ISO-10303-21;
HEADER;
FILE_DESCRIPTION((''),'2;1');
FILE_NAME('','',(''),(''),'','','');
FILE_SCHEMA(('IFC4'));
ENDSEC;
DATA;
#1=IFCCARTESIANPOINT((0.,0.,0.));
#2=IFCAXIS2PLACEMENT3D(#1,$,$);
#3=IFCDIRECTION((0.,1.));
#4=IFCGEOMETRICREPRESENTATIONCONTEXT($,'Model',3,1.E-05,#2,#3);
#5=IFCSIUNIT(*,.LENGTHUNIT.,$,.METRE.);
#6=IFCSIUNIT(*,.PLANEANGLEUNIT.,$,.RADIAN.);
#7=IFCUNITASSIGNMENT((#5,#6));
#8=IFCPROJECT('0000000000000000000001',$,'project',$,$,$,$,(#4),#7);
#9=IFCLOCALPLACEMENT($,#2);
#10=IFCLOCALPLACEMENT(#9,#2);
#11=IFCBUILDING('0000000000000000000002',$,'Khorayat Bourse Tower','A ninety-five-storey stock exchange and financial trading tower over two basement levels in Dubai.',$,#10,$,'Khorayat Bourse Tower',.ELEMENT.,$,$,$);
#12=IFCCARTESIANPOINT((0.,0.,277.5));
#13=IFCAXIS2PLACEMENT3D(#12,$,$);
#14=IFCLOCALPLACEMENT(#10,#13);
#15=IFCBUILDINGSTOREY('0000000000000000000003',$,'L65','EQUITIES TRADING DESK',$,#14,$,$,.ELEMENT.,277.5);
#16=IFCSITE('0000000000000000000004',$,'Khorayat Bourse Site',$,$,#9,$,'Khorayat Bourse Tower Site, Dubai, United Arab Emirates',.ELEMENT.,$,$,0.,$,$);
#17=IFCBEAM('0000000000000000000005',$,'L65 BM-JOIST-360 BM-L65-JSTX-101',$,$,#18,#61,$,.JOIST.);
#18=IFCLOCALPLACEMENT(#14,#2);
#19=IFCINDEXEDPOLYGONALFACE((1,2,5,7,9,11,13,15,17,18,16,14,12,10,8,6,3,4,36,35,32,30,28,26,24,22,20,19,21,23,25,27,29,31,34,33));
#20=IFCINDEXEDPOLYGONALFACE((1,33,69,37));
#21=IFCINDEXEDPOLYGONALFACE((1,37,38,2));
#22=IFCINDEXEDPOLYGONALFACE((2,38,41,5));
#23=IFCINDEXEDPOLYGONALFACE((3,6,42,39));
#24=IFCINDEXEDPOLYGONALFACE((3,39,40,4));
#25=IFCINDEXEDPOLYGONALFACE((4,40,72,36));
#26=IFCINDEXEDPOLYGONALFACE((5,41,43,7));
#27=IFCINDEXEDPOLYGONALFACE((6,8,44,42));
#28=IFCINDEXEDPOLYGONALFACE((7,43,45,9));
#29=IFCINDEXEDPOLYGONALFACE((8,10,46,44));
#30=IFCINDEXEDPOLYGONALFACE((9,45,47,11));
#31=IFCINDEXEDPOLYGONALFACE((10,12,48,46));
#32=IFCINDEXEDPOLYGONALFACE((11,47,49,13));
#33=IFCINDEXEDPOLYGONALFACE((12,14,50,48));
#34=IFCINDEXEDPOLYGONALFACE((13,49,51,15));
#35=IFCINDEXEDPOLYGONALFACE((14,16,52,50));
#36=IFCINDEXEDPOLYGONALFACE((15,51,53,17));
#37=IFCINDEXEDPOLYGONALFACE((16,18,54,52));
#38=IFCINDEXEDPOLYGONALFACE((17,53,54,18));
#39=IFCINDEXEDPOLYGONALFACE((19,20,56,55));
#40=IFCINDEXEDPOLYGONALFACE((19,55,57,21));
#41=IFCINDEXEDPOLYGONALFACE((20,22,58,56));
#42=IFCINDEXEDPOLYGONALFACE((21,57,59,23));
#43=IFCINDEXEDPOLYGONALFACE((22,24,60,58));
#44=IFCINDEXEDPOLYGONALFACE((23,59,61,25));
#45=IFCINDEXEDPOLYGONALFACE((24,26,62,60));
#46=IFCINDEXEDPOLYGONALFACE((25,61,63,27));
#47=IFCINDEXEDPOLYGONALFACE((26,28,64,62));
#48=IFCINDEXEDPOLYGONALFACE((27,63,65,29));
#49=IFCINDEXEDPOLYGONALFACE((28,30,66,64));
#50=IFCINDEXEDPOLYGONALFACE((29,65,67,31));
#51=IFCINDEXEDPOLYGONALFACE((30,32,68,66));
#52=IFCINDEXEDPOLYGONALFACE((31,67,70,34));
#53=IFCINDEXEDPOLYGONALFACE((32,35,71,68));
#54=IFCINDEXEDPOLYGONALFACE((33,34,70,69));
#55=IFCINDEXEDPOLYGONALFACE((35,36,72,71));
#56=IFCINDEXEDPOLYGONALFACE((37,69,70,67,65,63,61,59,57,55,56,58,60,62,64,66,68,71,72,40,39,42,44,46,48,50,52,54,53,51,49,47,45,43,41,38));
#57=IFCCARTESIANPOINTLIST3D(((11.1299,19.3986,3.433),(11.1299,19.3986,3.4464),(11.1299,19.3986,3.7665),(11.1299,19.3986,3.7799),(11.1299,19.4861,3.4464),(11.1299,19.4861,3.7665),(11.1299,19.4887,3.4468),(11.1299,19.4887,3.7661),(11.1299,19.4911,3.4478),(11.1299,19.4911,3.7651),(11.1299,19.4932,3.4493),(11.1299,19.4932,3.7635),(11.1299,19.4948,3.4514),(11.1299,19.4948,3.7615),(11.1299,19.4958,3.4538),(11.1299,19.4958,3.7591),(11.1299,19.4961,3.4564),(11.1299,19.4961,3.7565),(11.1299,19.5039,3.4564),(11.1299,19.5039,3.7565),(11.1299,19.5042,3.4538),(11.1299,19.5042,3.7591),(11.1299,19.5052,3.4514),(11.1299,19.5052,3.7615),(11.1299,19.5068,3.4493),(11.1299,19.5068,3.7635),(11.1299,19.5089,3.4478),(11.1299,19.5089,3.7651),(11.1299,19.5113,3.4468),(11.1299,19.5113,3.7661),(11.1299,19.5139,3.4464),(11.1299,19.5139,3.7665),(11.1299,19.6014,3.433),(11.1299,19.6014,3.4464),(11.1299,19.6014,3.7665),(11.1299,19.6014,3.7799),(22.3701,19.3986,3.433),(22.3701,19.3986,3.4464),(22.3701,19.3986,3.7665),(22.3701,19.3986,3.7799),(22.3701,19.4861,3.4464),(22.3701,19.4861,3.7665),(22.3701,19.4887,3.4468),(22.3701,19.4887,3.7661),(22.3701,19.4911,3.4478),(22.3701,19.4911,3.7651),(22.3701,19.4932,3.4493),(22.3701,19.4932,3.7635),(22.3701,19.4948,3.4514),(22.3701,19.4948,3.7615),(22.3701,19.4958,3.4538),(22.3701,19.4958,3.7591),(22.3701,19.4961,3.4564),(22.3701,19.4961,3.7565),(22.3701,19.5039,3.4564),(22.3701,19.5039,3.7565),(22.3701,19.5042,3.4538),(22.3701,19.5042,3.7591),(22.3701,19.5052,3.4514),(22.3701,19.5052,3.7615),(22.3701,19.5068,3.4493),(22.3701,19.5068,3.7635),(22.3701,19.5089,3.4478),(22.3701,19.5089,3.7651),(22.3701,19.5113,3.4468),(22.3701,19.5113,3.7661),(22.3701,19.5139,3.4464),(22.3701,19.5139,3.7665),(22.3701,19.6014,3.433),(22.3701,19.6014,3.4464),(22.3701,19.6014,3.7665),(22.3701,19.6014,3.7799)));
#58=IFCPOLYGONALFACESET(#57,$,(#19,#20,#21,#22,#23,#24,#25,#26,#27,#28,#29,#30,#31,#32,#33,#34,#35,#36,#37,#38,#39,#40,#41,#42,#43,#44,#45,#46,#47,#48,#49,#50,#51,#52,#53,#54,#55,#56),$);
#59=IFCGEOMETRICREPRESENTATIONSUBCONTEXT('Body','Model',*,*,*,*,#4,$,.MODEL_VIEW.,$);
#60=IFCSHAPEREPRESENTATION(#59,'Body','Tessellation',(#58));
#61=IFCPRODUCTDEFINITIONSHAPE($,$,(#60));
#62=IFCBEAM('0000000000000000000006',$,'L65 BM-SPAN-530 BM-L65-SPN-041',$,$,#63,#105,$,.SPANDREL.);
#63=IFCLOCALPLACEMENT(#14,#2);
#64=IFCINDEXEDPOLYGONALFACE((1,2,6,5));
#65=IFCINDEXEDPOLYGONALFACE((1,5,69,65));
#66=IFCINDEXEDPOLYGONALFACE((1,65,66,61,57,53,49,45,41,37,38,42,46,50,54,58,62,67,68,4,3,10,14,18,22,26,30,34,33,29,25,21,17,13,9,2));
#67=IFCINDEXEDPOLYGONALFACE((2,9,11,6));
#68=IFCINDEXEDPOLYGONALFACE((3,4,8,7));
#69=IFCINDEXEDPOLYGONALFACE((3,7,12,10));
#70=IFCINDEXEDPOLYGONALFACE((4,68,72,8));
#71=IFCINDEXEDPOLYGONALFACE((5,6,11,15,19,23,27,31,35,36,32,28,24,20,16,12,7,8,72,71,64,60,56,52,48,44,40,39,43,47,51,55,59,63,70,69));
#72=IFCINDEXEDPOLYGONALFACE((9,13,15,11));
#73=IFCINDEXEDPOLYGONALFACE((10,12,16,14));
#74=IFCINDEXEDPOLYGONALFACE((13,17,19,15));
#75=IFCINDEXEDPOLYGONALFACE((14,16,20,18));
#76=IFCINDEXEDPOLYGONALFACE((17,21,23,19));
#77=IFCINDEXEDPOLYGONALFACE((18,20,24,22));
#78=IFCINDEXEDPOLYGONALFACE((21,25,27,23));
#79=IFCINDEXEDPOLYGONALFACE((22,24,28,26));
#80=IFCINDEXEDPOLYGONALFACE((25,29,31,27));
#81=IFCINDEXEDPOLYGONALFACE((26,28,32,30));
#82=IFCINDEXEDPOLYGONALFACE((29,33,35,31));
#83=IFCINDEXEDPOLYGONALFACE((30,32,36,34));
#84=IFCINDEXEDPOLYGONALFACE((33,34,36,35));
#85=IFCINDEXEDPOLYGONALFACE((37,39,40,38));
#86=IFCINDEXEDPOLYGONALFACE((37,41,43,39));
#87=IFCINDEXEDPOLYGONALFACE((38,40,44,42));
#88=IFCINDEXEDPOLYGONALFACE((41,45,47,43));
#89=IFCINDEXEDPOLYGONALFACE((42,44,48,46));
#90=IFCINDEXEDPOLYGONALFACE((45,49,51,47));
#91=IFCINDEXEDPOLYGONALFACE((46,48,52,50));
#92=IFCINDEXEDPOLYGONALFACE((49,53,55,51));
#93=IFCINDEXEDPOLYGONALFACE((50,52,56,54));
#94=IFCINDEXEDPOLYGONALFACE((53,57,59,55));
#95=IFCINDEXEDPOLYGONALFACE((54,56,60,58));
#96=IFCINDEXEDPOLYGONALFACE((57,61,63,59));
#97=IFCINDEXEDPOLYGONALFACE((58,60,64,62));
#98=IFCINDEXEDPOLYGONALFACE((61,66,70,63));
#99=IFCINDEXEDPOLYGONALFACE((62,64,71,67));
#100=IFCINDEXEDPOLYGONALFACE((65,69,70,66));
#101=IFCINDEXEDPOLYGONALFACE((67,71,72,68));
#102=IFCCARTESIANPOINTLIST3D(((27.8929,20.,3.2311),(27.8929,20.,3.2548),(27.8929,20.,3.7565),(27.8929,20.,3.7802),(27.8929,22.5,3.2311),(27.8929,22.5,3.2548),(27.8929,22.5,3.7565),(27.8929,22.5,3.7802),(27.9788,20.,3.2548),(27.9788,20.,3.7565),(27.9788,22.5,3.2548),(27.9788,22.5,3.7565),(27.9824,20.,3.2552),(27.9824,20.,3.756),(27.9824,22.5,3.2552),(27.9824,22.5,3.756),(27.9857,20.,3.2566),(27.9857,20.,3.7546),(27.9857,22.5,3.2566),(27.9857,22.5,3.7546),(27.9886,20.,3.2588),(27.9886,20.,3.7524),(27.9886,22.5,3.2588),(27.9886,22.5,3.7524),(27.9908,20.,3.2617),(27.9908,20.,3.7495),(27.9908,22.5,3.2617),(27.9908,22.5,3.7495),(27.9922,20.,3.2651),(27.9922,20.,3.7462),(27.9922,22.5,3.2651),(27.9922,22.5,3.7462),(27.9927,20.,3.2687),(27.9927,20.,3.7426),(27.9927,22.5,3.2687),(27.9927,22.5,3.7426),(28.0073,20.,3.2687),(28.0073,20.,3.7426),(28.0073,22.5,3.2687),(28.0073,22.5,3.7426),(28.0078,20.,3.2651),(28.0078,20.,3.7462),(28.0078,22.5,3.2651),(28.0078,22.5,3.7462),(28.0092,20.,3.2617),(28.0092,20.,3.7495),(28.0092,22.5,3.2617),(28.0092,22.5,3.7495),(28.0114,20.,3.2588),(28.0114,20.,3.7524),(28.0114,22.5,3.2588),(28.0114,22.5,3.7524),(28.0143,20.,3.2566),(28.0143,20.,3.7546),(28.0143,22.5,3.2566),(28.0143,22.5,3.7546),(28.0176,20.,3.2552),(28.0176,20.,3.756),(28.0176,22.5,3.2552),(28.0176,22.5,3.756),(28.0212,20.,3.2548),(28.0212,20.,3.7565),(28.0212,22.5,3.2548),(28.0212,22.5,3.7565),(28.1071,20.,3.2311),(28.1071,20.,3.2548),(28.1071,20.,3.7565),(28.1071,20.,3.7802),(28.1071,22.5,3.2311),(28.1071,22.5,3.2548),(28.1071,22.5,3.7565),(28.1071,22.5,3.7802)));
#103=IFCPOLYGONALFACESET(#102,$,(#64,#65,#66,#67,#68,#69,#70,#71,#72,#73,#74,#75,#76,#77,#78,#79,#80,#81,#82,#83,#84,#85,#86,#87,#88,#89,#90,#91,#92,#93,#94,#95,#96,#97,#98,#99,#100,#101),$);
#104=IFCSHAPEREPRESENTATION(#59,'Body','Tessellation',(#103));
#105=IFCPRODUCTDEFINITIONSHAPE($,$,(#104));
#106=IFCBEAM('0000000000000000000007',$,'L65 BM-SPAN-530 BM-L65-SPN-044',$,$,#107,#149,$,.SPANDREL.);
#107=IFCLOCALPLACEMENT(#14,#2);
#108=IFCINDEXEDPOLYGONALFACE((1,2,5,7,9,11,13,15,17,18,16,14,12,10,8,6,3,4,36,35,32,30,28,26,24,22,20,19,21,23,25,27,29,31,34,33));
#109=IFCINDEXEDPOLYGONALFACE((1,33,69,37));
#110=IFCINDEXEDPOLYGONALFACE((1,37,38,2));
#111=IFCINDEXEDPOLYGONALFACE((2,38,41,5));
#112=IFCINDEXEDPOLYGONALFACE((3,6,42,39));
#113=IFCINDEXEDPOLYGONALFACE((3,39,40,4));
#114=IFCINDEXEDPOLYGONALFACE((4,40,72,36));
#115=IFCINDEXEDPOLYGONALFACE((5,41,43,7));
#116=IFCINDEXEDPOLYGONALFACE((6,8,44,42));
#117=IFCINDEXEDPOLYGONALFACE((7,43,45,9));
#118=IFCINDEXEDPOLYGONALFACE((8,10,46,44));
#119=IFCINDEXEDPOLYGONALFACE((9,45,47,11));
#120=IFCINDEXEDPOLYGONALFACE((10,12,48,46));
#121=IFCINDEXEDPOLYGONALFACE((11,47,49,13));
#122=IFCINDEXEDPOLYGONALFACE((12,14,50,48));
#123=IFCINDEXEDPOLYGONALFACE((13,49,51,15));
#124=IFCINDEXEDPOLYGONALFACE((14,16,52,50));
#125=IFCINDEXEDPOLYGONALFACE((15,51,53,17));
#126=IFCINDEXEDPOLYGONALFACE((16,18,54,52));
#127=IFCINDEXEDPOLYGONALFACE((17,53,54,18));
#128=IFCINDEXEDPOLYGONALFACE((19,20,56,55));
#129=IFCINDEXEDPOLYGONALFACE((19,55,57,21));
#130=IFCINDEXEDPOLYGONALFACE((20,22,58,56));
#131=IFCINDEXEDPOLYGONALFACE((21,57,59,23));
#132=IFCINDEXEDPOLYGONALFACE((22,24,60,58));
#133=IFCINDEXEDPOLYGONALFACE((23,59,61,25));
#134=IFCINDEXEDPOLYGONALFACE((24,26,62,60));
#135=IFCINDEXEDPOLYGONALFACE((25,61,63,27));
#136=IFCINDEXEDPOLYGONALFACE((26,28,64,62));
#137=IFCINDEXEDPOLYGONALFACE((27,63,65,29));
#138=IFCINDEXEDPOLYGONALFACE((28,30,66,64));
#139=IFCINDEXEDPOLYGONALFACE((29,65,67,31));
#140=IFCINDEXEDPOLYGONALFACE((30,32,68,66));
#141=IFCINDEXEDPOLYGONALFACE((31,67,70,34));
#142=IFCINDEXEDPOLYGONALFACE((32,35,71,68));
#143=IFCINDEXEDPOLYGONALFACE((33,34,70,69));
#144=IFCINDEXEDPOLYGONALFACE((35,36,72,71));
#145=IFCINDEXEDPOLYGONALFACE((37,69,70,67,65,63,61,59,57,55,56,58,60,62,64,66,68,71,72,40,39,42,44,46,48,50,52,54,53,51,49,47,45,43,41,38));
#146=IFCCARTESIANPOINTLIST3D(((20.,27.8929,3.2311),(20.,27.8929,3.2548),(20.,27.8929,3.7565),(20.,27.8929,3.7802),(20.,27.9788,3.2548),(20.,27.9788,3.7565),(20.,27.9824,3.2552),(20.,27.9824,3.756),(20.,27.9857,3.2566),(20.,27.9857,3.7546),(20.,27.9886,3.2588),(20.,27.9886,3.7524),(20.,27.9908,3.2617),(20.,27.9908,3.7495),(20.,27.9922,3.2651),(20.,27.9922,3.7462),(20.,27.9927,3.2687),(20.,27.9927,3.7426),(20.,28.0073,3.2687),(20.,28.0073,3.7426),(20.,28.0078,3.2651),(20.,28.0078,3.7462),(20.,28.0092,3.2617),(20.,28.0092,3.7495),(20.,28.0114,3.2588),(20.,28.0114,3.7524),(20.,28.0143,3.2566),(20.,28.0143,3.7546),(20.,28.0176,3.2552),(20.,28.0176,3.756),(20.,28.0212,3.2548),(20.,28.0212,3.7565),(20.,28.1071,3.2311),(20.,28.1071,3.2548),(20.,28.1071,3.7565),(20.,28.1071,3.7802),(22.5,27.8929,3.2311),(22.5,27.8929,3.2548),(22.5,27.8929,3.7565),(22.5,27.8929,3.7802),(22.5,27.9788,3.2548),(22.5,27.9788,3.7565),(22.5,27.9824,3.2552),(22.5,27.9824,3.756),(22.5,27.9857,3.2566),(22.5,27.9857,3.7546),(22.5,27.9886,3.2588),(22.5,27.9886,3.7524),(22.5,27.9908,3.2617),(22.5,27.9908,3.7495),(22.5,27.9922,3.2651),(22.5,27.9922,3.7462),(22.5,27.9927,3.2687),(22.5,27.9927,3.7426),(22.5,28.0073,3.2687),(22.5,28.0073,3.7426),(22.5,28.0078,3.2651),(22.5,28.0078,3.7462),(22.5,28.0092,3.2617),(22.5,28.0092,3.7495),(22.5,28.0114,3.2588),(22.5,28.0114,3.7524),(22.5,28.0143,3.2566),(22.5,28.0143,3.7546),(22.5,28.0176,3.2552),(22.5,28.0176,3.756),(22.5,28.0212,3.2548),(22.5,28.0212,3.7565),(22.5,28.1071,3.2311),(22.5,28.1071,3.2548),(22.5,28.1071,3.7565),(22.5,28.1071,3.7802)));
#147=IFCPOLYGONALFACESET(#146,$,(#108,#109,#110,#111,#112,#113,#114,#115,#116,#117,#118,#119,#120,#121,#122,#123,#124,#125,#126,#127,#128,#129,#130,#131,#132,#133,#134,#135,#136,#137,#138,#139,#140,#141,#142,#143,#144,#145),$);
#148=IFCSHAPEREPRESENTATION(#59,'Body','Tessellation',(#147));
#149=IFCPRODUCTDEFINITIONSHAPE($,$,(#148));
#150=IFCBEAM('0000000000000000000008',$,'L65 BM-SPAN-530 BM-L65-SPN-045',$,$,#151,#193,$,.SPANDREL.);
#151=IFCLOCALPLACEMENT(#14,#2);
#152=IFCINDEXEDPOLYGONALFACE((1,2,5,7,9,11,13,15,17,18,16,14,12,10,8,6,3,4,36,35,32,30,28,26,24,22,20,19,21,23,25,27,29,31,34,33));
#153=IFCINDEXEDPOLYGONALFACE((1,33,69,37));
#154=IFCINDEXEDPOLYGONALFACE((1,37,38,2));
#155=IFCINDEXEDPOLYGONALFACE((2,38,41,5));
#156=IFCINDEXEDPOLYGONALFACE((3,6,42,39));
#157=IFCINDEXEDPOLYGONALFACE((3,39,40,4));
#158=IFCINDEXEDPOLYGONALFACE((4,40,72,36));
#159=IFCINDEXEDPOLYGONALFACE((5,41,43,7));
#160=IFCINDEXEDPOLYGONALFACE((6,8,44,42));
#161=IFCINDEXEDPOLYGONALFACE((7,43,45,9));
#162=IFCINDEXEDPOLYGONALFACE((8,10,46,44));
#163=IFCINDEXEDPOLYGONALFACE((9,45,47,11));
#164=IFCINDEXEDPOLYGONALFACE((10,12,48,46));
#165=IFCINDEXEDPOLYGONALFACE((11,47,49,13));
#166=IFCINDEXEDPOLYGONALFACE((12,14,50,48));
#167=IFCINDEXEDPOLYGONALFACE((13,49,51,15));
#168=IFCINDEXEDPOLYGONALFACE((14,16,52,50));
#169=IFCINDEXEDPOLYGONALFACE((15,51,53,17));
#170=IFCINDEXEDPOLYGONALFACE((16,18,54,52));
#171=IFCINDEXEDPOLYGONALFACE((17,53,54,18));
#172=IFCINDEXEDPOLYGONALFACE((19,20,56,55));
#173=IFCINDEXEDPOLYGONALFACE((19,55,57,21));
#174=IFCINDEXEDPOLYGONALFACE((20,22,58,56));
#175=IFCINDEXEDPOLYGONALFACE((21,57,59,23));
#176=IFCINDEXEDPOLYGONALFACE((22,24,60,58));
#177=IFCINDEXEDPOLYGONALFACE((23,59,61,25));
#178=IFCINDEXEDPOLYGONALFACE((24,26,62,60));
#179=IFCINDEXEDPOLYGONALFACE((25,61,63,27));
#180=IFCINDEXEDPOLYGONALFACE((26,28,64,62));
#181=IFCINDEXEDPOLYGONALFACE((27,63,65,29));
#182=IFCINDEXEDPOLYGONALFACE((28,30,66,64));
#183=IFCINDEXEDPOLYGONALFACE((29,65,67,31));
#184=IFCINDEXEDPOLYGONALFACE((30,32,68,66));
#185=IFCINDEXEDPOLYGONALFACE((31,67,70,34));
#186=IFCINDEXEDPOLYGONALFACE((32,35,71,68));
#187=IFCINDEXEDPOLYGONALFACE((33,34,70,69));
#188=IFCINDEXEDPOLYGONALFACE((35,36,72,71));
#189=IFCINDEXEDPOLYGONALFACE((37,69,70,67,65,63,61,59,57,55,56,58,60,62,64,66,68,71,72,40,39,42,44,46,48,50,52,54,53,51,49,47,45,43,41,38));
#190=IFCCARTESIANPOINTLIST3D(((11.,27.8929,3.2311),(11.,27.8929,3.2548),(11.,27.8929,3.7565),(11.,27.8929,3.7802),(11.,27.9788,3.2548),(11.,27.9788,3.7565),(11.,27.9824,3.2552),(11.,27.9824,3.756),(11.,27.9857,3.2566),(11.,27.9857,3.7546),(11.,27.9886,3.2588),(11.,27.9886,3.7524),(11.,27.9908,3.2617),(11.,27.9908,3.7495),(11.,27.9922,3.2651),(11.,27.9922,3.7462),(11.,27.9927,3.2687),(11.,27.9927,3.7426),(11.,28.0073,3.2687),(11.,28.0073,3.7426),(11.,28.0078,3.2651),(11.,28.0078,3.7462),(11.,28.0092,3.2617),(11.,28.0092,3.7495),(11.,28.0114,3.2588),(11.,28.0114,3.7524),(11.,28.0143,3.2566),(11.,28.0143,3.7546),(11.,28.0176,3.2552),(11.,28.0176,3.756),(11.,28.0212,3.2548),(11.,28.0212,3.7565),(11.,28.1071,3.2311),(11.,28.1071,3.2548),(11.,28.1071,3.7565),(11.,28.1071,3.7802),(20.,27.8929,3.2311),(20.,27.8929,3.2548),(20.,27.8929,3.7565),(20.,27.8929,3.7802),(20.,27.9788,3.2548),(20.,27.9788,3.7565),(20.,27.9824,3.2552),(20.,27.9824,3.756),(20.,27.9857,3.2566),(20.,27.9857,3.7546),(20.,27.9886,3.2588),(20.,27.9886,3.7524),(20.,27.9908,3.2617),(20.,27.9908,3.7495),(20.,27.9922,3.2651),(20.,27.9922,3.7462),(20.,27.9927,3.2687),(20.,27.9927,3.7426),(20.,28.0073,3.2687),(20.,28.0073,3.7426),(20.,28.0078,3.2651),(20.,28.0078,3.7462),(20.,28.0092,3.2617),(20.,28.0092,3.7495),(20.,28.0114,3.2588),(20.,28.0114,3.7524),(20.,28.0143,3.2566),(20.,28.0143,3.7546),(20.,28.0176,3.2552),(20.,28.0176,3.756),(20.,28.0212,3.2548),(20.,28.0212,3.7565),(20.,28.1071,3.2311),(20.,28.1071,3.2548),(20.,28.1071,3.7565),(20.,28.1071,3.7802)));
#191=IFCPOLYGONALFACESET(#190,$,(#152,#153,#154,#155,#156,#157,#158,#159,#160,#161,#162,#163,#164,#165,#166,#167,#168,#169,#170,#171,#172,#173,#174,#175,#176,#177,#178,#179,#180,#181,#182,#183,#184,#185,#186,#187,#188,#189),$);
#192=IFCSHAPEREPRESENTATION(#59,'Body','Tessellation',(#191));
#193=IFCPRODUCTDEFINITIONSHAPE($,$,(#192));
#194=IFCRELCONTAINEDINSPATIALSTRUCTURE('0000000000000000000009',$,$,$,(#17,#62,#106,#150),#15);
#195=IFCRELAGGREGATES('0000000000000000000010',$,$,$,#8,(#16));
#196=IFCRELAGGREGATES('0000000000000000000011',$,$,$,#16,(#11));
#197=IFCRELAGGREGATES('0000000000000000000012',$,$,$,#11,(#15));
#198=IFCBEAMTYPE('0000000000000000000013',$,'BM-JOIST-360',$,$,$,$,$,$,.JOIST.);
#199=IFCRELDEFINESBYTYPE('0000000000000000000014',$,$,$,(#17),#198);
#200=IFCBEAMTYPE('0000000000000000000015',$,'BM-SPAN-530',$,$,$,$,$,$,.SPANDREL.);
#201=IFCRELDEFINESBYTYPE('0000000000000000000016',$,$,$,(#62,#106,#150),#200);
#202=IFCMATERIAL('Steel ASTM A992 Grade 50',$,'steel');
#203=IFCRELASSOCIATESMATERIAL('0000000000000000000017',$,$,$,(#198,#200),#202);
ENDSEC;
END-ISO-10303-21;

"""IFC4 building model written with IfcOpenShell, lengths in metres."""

from ifc_helpers import new_model, si_unit, direction, frame, origin, origin_2d, place, context, subcontext, project, spatial, i_section, extrude, source, transform, mapped, material, material_profile, profile_set, type_object, element, save


model = new_model("IFC4")

# Units and contexts
model_context = context("Model", 3, precision=1e-05, world=origin(), true_north=direction((0.0, 1.0)))
body_context = subcontext(model_context, "Body", "Model", "MODEL_VIEW")
ifc_project = project(units=[si_unit("LENGTHUNIT", "METRE"), si_unit("PLANEANGLEUNIT", "RADIAN")], contexts=[model_context])

# Site, building, storey
site_placement = place(None, origin())
site = spatial("IfcSite", under=ifc_project, at=site_placement, Name="Khorayat Bourse Site", LongName="Khorayat Bourse Tower Site, Dubai, United Arab Emirates", CompositionType="ELEMENT", RefElevation=0.0)
building_placement = place(site_placement, origin())
building = spatial("IfcBuilding", under=site, at=building_placement, Name="Khorayat Bourse Tower", Description="A ninety-five-storey stock exchange and financial trading tower over two basement levels in Dubai.", LongName="Khorayat Bourse Tower", CompositionType="ELEMENT")
storey_placement = place(building_placement, frame((0.0, 0.0, 277.5)))
storey = spatial("IfcBuildingStorey", under=building, at=storey_placement, Name="L65", Description="EQUITIES TRADING DESK", CompositionType="ELEMENT", Elevation=277.5)

# Beams
ifc_material_1 = material(Name="Steel ASTM A992 Grade 50", Category="steel")
ifc_material_profile_1 = material_profile(ifc_material_1, i_section(OverallWidth=0.2029, OverallDepth=0.3469, WebThickness=0.0078, FlangeThickness=0.0134, FilletRadius=0.01, at=origin_2d()), Name="W360X64")
ifc_profile_set_1 = profile_set([ifc_material_profile_1], Name="Steel ASTM A992 Grade 50")
beam_type_1 = type_object("IfcBeamType", Name="BM-JOIST-360", PredefinedType="JOIST", material=ifc_profile_set_1)
shared_shape_1 = source(origin(), body_context, "Body", "SweptSolid", [
    extrude(i_section(OverallWidth=0.2029, OverallDepth=0.3469, WebThickness=0.0078, FlangeThickness=0.0134, FilletRadius=0.01, at=origin_2d()), origin(), (0.0, 0.0, 1.0), 11.2402),
])
beam_1_placement = place(storey_placement, frame((11.1299, 19.5, 3.6064), z_axis=(1.0, 0.0, 0.0), x_axis=(0.0, 1.0, 0.0)))
element("IfcBeam", 1, at=beam_1_placement, inside=storey, type_object=beam_type_1, Name="L65 BM-JOIST-360 BM-L65-JSTX-101", PredefinedType="JOIST", context=body_context, shape_type="MappedRepresentation", body=[
    mapped(shared_shape_1, transform((0.0, 0.0, 0.0), scale=1.0)),
])
ifc_material_profile_2 = material_profile(ifc_material_1, i_section(OverallWidth=0.2141, OverallDepth=0.5491, WebThickness=0.0146, FlangeThickness=0.0237, FilletRadius=0.0139, at=origin_2d()), Name="W530X138")
ifc_profile_set_2 = profile_set([ifc_material_profile_2], Name="Steel ASTM A992 Grade 50")
beam_type_2 = type_object("IfcBeamType", Name="BM-SPAN-530", PredefinedType="SPANDREL", material=ifc_profile_set_2)
shared_shape_2 = source(origin(), body_context, "Body", "SweptSolid", [
    extrude(i_section(OverallWidth=0.2141, OverallDepth=0.5491, WebThickness=0.0146, FlangeThickness=0.0237, FilletRadius=0.0139, at=origin_2d()), origin(), (0.0, 0.0, 1.0), 2.5),
])
for number, where, z_axis, x_axis, name in (
    (2, (28.0, 20.0, 3.5056), (0.0, 1.0, 0.0), (-1.0, 0.0, 0.0), "L65 BM-SPAN-530 BM-L65-SPN-041"),
    (3, (20.0, 28.0, 3.5056), (1.0, 0.0, 0.0), (0.0, 1.0, 0.0), "L65 BM-SPAN-530 BM-L65-SPN-044"),
):
    element("IfcBeam", number, at=place(storey_placement, frame(where, z_axis=z_axis, x_axis=x_axis)), inside=storey, type_object=beam_type_2, Name=name, PredefinedType="SPANDREL", context=body_context, shape_type="MappedRepresentation", body=[
        mapped(shared_shape_2, transform((0.0, 0.0, 0.0), scale=1.0)),
    ])
shared_shape_3 = source(origin(), body_context, "Body", "SweptSolid", [
    extrude(i_section(OverallWidth=0.2141, OverallDepth=0.5491, WebThickness=0.0146, FlangeThickness=0.0237, FilletRadius=0.0139, at=origin_2d()), origin(), (0.0, 0.0, 1.0), 9.0),
])
beam_2_placement = place(storey_placement, frame((11.0, 28.0, 3.5056), z_axis=(1.0, 0.0, 0.0), x_axis=(0.0, 1.0, 0.0)))
element("IfcBeam", 4, at=beam_2_placement, inside=storey, type_object=beam_type_2, Name="L65 BM-SPAN-530 BM-L65-SPN-045", PredefinedType="SPANDREL", context=body_context, shape_type="MappedRepresentation", body=[
    mapped(shared_shape_3, transform((0.0, 0.0, 0.0), scale=1.0)),
])

save(model, "model.ifc")
